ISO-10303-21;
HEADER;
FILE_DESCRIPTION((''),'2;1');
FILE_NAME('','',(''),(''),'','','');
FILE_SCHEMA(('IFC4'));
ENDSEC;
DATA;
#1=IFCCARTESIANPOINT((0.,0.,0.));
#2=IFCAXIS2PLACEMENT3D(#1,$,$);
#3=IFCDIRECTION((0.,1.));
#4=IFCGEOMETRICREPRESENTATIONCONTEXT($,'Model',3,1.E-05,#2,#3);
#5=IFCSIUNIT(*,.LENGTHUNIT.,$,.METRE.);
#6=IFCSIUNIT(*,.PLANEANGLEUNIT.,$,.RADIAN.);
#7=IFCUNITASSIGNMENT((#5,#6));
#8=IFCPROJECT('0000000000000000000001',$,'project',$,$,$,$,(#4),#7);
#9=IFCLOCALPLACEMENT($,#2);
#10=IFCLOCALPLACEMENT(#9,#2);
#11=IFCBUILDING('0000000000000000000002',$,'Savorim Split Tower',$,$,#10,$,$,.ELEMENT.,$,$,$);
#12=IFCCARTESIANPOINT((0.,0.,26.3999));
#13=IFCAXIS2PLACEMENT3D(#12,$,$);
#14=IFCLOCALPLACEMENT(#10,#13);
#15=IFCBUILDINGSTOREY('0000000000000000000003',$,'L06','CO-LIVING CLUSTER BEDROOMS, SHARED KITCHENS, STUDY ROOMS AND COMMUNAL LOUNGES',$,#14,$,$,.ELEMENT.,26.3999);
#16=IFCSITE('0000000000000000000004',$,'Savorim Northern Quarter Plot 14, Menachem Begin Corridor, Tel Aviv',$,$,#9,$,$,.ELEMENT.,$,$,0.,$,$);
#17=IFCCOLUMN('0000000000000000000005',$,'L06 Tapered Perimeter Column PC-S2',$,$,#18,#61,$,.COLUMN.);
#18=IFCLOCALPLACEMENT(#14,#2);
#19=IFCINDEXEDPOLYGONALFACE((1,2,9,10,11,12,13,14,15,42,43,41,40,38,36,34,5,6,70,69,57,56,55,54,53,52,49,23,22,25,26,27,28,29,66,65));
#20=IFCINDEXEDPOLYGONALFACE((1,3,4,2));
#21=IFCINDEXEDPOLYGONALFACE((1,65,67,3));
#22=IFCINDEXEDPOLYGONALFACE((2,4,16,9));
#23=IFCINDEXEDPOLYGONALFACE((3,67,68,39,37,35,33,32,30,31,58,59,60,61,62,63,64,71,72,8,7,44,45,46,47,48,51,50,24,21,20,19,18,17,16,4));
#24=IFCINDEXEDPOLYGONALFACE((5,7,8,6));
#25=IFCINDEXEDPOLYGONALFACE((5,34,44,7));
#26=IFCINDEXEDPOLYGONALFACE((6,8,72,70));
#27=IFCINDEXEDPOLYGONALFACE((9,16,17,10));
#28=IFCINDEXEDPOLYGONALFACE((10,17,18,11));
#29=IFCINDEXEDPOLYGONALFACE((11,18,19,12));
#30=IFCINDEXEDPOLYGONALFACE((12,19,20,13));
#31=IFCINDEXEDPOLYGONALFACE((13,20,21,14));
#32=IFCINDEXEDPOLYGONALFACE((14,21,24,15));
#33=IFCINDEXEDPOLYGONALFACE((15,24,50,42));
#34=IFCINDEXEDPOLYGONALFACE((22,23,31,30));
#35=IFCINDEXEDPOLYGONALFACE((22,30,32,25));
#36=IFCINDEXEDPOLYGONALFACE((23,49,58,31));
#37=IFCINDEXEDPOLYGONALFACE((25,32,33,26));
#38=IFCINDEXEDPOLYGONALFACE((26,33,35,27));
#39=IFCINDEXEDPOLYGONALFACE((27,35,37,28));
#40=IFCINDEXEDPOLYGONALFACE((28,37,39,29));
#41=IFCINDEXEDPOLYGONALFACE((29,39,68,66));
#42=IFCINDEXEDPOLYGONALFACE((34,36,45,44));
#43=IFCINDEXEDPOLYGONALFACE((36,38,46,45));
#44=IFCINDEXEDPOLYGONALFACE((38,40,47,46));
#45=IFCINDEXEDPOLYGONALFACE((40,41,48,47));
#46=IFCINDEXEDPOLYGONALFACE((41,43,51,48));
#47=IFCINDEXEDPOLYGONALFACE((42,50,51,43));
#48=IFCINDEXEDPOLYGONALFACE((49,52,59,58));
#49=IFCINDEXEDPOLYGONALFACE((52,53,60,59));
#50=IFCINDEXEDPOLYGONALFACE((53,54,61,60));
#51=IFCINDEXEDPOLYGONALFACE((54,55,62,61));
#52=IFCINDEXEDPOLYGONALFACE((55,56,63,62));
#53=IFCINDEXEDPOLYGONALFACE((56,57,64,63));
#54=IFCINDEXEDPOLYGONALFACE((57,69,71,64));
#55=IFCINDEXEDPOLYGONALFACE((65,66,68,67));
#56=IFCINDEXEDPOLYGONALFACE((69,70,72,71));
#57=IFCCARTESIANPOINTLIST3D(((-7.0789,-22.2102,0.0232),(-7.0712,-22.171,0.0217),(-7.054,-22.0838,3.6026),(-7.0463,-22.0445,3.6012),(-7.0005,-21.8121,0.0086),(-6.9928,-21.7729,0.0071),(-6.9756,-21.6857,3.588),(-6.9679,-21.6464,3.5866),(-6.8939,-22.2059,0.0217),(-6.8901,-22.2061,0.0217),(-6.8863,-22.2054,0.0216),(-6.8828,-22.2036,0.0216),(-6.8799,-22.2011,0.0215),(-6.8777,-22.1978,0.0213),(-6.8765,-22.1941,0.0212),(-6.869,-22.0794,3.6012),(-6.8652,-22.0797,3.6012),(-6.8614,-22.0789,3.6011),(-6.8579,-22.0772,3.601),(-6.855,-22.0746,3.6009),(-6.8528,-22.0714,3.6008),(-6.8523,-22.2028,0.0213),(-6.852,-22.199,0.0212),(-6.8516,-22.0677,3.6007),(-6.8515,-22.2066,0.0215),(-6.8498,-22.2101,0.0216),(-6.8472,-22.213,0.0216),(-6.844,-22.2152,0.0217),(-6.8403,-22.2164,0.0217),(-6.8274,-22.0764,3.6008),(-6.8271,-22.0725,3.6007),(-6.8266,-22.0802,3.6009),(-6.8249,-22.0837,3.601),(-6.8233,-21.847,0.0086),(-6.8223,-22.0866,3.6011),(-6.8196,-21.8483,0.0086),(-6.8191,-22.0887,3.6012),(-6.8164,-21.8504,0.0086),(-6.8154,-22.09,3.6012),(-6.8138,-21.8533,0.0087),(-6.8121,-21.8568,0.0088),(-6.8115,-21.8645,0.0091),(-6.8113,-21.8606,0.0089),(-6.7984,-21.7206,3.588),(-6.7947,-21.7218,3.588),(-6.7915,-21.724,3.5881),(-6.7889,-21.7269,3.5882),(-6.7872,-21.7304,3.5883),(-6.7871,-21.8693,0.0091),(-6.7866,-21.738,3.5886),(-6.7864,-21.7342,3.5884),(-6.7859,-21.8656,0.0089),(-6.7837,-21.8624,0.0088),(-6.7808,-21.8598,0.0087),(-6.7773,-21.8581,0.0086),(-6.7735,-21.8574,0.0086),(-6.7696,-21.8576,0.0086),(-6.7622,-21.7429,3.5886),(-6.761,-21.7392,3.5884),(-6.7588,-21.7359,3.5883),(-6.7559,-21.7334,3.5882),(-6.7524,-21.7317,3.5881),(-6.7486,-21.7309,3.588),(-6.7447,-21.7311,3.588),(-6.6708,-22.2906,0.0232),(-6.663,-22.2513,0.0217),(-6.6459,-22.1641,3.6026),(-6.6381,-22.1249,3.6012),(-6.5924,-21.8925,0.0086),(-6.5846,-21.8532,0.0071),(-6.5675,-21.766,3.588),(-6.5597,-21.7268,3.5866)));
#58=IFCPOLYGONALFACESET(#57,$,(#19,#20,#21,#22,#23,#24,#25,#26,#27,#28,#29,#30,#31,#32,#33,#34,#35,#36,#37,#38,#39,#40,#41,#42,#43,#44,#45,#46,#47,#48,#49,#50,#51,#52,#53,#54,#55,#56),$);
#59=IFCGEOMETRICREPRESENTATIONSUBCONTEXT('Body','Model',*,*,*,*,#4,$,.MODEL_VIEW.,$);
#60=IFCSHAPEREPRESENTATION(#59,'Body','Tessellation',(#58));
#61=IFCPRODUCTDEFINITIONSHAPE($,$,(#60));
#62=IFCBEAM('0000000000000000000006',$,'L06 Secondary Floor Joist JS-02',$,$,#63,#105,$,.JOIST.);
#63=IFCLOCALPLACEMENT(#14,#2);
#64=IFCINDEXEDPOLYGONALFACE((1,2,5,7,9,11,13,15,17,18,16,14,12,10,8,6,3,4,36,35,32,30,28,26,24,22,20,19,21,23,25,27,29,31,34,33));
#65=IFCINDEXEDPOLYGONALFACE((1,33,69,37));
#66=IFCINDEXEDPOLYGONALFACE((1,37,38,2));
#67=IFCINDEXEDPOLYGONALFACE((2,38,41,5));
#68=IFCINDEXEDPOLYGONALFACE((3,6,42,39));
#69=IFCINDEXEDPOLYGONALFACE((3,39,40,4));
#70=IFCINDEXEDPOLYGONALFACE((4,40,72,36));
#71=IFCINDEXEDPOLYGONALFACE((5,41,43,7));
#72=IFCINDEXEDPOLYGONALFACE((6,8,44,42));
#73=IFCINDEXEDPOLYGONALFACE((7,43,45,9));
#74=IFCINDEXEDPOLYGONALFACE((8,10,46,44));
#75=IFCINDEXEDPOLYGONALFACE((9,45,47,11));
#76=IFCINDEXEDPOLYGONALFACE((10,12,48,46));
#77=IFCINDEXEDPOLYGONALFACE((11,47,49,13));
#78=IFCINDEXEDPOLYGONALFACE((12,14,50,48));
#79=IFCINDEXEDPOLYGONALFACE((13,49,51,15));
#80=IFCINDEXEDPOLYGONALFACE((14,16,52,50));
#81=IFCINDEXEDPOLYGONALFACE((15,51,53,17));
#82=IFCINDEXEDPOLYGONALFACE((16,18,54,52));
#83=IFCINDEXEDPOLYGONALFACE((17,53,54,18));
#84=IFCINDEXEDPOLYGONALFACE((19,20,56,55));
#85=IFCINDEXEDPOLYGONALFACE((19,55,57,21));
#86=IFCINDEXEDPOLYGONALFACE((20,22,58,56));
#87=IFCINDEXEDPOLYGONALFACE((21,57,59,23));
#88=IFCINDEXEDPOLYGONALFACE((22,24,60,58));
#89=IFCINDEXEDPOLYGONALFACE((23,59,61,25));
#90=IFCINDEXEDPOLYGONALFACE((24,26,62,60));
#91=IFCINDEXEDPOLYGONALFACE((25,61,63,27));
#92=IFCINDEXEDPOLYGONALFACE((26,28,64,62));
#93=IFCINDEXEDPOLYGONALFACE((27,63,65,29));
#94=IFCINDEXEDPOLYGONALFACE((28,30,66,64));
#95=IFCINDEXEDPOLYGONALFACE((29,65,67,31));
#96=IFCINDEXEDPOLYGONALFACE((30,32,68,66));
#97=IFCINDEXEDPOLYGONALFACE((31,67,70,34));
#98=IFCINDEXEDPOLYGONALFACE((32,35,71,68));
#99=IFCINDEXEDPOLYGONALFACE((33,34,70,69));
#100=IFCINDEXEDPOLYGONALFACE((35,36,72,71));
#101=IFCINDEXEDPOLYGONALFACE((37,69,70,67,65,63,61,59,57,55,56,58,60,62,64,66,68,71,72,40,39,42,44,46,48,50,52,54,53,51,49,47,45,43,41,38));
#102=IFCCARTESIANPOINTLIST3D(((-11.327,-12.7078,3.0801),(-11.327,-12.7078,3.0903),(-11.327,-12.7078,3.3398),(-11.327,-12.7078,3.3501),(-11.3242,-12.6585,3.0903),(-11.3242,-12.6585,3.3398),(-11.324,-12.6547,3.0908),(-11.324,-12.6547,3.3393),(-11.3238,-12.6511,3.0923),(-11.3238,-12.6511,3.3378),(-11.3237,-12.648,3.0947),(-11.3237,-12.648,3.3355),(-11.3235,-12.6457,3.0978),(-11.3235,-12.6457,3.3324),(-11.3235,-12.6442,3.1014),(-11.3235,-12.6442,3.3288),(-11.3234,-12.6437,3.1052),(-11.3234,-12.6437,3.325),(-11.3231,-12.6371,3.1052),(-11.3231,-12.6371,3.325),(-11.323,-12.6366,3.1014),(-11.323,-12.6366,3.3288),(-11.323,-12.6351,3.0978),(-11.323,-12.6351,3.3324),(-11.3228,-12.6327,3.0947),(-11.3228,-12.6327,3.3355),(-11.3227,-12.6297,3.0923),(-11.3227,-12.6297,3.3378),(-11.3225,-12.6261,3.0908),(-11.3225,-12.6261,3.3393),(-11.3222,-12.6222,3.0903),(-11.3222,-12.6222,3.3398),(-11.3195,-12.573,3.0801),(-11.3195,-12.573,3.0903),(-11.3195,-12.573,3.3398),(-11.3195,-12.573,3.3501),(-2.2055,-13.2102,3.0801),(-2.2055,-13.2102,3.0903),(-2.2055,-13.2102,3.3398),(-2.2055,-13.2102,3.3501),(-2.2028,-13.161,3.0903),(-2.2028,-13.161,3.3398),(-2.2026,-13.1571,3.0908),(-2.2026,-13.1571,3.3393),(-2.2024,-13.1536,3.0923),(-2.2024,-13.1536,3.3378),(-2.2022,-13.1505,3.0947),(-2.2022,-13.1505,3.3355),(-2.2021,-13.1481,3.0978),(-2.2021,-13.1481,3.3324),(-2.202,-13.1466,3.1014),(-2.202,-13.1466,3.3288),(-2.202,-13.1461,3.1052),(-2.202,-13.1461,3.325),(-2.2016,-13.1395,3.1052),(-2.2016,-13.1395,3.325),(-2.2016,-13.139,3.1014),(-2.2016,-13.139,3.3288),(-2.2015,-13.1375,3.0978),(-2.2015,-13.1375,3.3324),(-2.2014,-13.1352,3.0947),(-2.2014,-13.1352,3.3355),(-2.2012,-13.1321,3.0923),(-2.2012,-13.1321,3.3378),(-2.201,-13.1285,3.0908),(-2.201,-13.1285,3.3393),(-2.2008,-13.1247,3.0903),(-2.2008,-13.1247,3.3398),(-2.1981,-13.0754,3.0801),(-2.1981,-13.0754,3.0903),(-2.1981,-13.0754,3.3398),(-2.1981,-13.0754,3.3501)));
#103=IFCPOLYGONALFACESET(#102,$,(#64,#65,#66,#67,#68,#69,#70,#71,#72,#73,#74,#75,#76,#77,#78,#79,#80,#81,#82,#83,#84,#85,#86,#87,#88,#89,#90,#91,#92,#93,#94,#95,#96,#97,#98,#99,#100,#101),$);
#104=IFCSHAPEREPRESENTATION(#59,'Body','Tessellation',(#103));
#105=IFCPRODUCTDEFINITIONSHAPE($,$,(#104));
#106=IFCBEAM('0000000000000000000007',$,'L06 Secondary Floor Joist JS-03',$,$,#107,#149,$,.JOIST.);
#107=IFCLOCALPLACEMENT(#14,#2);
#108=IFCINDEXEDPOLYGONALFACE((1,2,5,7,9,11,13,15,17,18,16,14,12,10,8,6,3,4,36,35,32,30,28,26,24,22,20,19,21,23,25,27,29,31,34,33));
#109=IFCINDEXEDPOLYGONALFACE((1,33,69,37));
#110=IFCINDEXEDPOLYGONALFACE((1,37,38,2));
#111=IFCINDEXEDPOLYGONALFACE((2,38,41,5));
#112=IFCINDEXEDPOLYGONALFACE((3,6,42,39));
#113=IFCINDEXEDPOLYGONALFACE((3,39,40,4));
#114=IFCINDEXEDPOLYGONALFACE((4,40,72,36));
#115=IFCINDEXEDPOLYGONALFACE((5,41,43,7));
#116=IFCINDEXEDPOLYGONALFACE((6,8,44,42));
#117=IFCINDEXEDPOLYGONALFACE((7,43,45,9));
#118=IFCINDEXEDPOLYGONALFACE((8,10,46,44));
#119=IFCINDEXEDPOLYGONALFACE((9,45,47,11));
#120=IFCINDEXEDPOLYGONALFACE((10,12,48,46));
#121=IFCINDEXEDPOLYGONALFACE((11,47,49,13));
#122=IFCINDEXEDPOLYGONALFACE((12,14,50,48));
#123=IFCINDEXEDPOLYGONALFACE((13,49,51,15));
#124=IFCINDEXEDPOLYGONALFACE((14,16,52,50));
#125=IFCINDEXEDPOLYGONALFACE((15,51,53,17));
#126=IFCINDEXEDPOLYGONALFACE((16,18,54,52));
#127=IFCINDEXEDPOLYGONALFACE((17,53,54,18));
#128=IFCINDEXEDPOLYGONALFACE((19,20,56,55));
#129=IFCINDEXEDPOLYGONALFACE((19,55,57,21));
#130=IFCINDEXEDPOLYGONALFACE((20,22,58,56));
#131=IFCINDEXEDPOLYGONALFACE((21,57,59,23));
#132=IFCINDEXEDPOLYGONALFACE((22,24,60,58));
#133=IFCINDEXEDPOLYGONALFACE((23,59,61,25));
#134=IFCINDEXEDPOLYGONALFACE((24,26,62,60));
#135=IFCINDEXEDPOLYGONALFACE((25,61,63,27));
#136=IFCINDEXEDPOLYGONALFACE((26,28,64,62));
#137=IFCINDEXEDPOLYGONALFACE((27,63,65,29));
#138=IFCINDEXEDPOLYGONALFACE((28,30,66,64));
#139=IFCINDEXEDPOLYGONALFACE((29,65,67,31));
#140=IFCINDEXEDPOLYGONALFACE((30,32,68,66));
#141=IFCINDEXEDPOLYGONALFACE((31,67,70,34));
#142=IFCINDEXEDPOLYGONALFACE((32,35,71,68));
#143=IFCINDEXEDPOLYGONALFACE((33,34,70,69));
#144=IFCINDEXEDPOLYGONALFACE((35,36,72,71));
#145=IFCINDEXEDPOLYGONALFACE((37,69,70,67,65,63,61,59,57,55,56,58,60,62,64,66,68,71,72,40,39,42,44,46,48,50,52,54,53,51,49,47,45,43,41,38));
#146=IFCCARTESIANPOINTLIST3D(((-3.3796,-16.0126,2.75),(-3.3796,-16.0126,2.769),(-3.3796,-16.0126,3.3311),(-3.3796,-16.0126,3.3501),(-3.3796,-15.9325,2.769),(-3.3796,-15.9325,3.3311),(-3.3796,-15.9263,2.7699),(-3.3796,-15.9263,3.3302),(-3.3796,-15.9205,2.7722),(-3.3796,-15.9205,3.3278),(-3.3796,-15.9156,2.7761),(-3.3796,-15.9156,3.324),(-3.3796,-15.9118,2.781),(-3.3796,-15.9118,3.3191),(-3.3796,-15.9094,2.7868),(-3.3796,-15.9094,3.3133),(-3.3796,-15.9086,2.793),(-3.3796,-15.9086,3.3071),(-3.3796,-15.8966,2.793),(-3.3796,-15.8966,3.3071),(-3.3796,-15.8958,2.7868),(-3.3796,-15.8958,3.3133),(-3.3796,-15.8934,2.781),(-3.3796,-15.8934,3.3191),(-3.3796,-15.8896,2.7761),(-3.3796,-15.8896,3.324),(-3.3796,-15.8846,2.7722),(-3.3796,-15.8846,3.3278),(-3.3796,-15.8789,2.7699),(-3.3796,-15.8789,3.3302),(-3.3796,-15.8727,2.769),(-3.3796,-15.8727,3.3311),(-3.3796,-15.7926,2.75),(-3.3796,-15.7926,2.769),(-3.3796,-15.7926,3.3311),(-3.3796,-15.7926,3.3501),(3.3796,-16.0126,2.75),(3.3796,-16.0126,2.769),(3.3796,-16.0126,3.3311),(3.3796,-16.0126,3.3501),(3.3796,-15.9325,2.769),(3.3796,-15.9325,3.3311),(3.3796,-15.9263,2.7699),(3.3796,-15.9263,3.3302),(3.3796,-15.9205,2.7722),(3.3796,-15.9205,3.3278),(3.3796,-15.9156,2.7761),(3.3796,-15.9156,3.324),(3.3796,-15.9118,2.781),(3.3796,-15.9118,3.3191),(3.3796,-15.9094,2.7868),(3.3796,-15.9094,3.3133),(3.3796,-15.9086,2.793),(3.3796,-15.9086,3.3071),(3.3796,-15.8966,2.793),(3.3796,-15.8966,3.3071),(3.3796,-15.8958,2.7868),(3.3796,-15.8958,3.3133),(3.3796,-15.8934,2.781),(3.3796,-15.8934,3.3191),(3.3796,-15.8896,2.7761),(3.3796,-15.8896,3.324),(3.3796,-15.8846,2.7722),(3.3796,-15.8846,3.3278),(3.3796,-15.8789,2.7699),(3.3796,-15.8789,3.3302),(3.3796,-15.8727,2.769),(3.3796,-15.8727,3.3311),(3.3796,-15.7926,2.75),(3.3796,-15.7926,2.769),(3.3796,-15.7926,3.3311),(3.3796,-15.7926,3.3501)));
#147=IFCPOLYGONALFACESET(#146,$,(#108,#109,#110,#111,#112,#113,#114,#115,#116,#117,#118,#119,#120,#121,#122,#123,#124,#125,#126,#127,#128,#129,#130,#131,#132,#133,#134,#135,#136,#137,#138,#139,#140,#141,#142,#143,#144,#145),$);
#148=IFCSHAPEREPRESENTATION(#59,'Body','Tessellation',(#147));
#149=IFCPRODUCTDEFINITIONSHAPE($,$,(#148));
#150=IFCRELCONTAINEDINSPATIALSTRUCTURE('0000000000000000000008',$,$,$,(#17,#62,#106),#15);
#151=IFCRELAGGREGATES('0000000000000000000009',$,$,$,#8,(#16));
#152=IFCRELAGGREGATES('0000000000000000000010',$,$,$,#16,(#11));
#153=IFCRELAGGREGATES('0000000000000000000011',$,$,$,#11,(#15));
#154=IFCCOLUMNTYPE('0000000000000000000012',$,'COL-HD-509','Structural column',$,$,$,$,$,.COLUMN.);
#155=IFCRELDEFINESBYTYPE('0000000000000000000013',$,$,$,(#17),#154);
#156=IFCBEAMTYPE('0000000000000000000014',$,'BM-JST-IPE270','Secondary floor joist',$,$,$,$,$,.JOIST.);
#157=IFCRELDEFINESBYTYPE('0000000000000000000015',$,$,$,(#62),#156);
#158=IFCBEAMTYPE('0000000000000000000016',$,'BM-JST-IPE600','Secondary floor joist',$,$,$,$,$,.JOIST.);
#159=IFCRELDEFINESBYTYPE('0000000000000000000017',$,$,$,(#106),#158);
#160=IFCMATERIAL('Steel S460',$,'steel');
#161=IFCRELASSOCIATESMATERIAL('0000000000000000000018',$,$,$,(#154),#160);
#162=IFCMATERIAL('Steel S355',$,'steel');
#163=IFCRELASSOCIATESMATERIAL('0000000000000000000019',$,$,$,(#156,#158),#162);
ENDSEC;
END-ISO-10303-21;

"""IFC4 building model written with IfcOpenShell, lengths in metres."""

from ifc_helpers import new_model, si_unit, direction, frame, origin, origin_2d, place, context, subcontext, project, spatial, i_section, extrude, material, material_profile, profile_set, type_object, element, save


model = new_model("IFC4")

# Units and contexts
model_context = context("Model", 3, precision=1e-05, world=origin(), true_north=direction((0.0, 1.0)))
body_context = subcontext(model_context, "Body", "Model", "MODEL_VIEW")
ifc_project = project(units=[si_unit("LENGTHUNIT", "METRE"), si_unit("PLANEANGLEUNIT", "RADIAN")], contexts=[model_context])

# Site, building, storey
site_placement = place(None, origin())
site = spatial("IfcSite", under=ifc_project, at=site_placement, Name="Savorim Northern Quarter Plot 14, Menachem Begin Corridor, Tel Aviv", CompositionType="ELEMENT", RefElevation=0.0)
building_placement = place(site_placement, origin())
building = spatial("IfcBuilding", under=site, at=building_placement, Name="Savorim Split Tower", CompositionType="ELEMENT")
storey_placement = place(building_placement, frame((0.0, 0.0, 26.3999)))
storey = spatial("IfcBuildingStorey", under=building, at=storey_placement, Name="L06", Description="CO-LIVING CLUSTER BEDROOMS, SHARED KITCHENS, STUDY ROOMS AND COMMUNAL LOUNGES", CompositionType="ELEMENT", Elevation=26.3999)

# Column
ifc_material_1 = material(Name="Steel S460", Category="steel")
ifc_material_profile_1 = material_profile(ifc_material_1, i_section(OverallWidth=0.416, OverallDepth=0.446, WebThickness=0.0249, FlangeThickness=0.04, FilletRadius=0.0149, at=origin_2d()), Name="HD 400x509")
ifc_profile_set_1 = profile_set([ifc_material_profile_1], Name="Steel S460")
column_type = type_object("IfcColumnType", Name="COL-HD-509", Description="Structural column", PredefinedType="COLUMN", material=ifc_profile_set_1)
column_placement = place(storey_placement, frame((-6.8318, -22.0317, 0.0151), z_axis=(0.006953, 0.035309, 0.999352), x_axis=(-0.981159, 0.193201, 0.0)))
element("IfcColumn", 1, at=column_placement, inside=storey, type_object=column_type, Name="L06 Tapered Perimeter Column PC-S2", PredefinedType="COLUMN", context=body_context, shape_type="SweptSolid", body=[
    extrude(i_section(OverallWidth=0.416, OverallDepth=0.446, WebThickness=0.0249, FlangeThickness=0.04, FilletRadius=0.0149, at=origin_2d()), origin(), (0.0, 0.0, 1.0), 3.5818),
])

# Beams
ifc_material_2 = material(Name="Steel S355", Category="steel")
ifc_material_profile_2 = material_profile(ifc_material_2, i_section(OverallWidth=0.135, OverallDepth=0.27, WebThickness=0.0066, FlangeThickness=0.0103, FilletRadius=0.0149, at=origin_2d()), Name="IPE 270")
ifc_profile_set_2 = profile_set([ifc_material_profile_2], Name="Steel S355")
beam_type_1 = type_object("IfcBeamType", Name="BM-JST-IPE270", Description="Secondary floor joist", PredefinedType="JOIST", material=ifc_profile_set_2)
beam_1_placement = place(storey_placement, frame((-11.3232, -12.6404, 3.2151), z_axis=(0.998486, -0.055001, 0.0), x_axis=(0.055001, 0.998486, 0.0)))
element("IfcBeam", 2, at=beam_1_placement, inside=storey, type_object=beam_type_1, Name="L06 Secondary Floor Joist JS-02", PredefinedType="JOIST", context=body_context, shape_type="SweptSolid", body=[
    extrude(i_section(OverallWidth=0.135, OverallDepth=0.27, WebThickness=0.0066, FlangeThickness=0.0103, FilletRadius=0.0149, at=origin_2d()), origin(), (0.0, 0.0, 1.0), 9.1353),
])
ifc_material_profile_3 = material_profile(ifc_material_2, i_section(OverallWidth=0.22, OverallDepth=0.6001, WebThickness=0.012, FlangeThickness=0.019, FilletRadius=0.0239, at=origin_2d()), Name="IPE 600")
ifc_profile_set_3 = profile_set([ifc_material_profile_3], Name="Steel S355")
beam_type_2 = type_object("IfcBeamType", Name="BM-JST-IPE600", Description="Secondary floor joist", PredefinedType="JOIST", material=ifc_profile_set_3)
beam_2_placement = place(storey_placement, frame((-3.3796, -15.9026, 3.05), z_axis=(1.0, 0.0, 0.0), x_axis=(0.0, 1.0, 0.0)))
element("IfcBeam", 3, at=beam_2_placement, inside=storey, type_object=beam_type_2, Name="L06 Secondary Floor Joist JS-03", PredefinedType="JOIST", context=body_context, shape_type="SweptSolid", body=[
    extrude(i_section(OverallWidth=0.22, OverallDepth=0.6001, WebThickness=0.012, FlangeThickness=0.019, FilletRadius=0.0239, at=origin_2d()), origin(), (0.0, 0.0, 1.0), 6.7593),
])

save(model, "model.ifc")
